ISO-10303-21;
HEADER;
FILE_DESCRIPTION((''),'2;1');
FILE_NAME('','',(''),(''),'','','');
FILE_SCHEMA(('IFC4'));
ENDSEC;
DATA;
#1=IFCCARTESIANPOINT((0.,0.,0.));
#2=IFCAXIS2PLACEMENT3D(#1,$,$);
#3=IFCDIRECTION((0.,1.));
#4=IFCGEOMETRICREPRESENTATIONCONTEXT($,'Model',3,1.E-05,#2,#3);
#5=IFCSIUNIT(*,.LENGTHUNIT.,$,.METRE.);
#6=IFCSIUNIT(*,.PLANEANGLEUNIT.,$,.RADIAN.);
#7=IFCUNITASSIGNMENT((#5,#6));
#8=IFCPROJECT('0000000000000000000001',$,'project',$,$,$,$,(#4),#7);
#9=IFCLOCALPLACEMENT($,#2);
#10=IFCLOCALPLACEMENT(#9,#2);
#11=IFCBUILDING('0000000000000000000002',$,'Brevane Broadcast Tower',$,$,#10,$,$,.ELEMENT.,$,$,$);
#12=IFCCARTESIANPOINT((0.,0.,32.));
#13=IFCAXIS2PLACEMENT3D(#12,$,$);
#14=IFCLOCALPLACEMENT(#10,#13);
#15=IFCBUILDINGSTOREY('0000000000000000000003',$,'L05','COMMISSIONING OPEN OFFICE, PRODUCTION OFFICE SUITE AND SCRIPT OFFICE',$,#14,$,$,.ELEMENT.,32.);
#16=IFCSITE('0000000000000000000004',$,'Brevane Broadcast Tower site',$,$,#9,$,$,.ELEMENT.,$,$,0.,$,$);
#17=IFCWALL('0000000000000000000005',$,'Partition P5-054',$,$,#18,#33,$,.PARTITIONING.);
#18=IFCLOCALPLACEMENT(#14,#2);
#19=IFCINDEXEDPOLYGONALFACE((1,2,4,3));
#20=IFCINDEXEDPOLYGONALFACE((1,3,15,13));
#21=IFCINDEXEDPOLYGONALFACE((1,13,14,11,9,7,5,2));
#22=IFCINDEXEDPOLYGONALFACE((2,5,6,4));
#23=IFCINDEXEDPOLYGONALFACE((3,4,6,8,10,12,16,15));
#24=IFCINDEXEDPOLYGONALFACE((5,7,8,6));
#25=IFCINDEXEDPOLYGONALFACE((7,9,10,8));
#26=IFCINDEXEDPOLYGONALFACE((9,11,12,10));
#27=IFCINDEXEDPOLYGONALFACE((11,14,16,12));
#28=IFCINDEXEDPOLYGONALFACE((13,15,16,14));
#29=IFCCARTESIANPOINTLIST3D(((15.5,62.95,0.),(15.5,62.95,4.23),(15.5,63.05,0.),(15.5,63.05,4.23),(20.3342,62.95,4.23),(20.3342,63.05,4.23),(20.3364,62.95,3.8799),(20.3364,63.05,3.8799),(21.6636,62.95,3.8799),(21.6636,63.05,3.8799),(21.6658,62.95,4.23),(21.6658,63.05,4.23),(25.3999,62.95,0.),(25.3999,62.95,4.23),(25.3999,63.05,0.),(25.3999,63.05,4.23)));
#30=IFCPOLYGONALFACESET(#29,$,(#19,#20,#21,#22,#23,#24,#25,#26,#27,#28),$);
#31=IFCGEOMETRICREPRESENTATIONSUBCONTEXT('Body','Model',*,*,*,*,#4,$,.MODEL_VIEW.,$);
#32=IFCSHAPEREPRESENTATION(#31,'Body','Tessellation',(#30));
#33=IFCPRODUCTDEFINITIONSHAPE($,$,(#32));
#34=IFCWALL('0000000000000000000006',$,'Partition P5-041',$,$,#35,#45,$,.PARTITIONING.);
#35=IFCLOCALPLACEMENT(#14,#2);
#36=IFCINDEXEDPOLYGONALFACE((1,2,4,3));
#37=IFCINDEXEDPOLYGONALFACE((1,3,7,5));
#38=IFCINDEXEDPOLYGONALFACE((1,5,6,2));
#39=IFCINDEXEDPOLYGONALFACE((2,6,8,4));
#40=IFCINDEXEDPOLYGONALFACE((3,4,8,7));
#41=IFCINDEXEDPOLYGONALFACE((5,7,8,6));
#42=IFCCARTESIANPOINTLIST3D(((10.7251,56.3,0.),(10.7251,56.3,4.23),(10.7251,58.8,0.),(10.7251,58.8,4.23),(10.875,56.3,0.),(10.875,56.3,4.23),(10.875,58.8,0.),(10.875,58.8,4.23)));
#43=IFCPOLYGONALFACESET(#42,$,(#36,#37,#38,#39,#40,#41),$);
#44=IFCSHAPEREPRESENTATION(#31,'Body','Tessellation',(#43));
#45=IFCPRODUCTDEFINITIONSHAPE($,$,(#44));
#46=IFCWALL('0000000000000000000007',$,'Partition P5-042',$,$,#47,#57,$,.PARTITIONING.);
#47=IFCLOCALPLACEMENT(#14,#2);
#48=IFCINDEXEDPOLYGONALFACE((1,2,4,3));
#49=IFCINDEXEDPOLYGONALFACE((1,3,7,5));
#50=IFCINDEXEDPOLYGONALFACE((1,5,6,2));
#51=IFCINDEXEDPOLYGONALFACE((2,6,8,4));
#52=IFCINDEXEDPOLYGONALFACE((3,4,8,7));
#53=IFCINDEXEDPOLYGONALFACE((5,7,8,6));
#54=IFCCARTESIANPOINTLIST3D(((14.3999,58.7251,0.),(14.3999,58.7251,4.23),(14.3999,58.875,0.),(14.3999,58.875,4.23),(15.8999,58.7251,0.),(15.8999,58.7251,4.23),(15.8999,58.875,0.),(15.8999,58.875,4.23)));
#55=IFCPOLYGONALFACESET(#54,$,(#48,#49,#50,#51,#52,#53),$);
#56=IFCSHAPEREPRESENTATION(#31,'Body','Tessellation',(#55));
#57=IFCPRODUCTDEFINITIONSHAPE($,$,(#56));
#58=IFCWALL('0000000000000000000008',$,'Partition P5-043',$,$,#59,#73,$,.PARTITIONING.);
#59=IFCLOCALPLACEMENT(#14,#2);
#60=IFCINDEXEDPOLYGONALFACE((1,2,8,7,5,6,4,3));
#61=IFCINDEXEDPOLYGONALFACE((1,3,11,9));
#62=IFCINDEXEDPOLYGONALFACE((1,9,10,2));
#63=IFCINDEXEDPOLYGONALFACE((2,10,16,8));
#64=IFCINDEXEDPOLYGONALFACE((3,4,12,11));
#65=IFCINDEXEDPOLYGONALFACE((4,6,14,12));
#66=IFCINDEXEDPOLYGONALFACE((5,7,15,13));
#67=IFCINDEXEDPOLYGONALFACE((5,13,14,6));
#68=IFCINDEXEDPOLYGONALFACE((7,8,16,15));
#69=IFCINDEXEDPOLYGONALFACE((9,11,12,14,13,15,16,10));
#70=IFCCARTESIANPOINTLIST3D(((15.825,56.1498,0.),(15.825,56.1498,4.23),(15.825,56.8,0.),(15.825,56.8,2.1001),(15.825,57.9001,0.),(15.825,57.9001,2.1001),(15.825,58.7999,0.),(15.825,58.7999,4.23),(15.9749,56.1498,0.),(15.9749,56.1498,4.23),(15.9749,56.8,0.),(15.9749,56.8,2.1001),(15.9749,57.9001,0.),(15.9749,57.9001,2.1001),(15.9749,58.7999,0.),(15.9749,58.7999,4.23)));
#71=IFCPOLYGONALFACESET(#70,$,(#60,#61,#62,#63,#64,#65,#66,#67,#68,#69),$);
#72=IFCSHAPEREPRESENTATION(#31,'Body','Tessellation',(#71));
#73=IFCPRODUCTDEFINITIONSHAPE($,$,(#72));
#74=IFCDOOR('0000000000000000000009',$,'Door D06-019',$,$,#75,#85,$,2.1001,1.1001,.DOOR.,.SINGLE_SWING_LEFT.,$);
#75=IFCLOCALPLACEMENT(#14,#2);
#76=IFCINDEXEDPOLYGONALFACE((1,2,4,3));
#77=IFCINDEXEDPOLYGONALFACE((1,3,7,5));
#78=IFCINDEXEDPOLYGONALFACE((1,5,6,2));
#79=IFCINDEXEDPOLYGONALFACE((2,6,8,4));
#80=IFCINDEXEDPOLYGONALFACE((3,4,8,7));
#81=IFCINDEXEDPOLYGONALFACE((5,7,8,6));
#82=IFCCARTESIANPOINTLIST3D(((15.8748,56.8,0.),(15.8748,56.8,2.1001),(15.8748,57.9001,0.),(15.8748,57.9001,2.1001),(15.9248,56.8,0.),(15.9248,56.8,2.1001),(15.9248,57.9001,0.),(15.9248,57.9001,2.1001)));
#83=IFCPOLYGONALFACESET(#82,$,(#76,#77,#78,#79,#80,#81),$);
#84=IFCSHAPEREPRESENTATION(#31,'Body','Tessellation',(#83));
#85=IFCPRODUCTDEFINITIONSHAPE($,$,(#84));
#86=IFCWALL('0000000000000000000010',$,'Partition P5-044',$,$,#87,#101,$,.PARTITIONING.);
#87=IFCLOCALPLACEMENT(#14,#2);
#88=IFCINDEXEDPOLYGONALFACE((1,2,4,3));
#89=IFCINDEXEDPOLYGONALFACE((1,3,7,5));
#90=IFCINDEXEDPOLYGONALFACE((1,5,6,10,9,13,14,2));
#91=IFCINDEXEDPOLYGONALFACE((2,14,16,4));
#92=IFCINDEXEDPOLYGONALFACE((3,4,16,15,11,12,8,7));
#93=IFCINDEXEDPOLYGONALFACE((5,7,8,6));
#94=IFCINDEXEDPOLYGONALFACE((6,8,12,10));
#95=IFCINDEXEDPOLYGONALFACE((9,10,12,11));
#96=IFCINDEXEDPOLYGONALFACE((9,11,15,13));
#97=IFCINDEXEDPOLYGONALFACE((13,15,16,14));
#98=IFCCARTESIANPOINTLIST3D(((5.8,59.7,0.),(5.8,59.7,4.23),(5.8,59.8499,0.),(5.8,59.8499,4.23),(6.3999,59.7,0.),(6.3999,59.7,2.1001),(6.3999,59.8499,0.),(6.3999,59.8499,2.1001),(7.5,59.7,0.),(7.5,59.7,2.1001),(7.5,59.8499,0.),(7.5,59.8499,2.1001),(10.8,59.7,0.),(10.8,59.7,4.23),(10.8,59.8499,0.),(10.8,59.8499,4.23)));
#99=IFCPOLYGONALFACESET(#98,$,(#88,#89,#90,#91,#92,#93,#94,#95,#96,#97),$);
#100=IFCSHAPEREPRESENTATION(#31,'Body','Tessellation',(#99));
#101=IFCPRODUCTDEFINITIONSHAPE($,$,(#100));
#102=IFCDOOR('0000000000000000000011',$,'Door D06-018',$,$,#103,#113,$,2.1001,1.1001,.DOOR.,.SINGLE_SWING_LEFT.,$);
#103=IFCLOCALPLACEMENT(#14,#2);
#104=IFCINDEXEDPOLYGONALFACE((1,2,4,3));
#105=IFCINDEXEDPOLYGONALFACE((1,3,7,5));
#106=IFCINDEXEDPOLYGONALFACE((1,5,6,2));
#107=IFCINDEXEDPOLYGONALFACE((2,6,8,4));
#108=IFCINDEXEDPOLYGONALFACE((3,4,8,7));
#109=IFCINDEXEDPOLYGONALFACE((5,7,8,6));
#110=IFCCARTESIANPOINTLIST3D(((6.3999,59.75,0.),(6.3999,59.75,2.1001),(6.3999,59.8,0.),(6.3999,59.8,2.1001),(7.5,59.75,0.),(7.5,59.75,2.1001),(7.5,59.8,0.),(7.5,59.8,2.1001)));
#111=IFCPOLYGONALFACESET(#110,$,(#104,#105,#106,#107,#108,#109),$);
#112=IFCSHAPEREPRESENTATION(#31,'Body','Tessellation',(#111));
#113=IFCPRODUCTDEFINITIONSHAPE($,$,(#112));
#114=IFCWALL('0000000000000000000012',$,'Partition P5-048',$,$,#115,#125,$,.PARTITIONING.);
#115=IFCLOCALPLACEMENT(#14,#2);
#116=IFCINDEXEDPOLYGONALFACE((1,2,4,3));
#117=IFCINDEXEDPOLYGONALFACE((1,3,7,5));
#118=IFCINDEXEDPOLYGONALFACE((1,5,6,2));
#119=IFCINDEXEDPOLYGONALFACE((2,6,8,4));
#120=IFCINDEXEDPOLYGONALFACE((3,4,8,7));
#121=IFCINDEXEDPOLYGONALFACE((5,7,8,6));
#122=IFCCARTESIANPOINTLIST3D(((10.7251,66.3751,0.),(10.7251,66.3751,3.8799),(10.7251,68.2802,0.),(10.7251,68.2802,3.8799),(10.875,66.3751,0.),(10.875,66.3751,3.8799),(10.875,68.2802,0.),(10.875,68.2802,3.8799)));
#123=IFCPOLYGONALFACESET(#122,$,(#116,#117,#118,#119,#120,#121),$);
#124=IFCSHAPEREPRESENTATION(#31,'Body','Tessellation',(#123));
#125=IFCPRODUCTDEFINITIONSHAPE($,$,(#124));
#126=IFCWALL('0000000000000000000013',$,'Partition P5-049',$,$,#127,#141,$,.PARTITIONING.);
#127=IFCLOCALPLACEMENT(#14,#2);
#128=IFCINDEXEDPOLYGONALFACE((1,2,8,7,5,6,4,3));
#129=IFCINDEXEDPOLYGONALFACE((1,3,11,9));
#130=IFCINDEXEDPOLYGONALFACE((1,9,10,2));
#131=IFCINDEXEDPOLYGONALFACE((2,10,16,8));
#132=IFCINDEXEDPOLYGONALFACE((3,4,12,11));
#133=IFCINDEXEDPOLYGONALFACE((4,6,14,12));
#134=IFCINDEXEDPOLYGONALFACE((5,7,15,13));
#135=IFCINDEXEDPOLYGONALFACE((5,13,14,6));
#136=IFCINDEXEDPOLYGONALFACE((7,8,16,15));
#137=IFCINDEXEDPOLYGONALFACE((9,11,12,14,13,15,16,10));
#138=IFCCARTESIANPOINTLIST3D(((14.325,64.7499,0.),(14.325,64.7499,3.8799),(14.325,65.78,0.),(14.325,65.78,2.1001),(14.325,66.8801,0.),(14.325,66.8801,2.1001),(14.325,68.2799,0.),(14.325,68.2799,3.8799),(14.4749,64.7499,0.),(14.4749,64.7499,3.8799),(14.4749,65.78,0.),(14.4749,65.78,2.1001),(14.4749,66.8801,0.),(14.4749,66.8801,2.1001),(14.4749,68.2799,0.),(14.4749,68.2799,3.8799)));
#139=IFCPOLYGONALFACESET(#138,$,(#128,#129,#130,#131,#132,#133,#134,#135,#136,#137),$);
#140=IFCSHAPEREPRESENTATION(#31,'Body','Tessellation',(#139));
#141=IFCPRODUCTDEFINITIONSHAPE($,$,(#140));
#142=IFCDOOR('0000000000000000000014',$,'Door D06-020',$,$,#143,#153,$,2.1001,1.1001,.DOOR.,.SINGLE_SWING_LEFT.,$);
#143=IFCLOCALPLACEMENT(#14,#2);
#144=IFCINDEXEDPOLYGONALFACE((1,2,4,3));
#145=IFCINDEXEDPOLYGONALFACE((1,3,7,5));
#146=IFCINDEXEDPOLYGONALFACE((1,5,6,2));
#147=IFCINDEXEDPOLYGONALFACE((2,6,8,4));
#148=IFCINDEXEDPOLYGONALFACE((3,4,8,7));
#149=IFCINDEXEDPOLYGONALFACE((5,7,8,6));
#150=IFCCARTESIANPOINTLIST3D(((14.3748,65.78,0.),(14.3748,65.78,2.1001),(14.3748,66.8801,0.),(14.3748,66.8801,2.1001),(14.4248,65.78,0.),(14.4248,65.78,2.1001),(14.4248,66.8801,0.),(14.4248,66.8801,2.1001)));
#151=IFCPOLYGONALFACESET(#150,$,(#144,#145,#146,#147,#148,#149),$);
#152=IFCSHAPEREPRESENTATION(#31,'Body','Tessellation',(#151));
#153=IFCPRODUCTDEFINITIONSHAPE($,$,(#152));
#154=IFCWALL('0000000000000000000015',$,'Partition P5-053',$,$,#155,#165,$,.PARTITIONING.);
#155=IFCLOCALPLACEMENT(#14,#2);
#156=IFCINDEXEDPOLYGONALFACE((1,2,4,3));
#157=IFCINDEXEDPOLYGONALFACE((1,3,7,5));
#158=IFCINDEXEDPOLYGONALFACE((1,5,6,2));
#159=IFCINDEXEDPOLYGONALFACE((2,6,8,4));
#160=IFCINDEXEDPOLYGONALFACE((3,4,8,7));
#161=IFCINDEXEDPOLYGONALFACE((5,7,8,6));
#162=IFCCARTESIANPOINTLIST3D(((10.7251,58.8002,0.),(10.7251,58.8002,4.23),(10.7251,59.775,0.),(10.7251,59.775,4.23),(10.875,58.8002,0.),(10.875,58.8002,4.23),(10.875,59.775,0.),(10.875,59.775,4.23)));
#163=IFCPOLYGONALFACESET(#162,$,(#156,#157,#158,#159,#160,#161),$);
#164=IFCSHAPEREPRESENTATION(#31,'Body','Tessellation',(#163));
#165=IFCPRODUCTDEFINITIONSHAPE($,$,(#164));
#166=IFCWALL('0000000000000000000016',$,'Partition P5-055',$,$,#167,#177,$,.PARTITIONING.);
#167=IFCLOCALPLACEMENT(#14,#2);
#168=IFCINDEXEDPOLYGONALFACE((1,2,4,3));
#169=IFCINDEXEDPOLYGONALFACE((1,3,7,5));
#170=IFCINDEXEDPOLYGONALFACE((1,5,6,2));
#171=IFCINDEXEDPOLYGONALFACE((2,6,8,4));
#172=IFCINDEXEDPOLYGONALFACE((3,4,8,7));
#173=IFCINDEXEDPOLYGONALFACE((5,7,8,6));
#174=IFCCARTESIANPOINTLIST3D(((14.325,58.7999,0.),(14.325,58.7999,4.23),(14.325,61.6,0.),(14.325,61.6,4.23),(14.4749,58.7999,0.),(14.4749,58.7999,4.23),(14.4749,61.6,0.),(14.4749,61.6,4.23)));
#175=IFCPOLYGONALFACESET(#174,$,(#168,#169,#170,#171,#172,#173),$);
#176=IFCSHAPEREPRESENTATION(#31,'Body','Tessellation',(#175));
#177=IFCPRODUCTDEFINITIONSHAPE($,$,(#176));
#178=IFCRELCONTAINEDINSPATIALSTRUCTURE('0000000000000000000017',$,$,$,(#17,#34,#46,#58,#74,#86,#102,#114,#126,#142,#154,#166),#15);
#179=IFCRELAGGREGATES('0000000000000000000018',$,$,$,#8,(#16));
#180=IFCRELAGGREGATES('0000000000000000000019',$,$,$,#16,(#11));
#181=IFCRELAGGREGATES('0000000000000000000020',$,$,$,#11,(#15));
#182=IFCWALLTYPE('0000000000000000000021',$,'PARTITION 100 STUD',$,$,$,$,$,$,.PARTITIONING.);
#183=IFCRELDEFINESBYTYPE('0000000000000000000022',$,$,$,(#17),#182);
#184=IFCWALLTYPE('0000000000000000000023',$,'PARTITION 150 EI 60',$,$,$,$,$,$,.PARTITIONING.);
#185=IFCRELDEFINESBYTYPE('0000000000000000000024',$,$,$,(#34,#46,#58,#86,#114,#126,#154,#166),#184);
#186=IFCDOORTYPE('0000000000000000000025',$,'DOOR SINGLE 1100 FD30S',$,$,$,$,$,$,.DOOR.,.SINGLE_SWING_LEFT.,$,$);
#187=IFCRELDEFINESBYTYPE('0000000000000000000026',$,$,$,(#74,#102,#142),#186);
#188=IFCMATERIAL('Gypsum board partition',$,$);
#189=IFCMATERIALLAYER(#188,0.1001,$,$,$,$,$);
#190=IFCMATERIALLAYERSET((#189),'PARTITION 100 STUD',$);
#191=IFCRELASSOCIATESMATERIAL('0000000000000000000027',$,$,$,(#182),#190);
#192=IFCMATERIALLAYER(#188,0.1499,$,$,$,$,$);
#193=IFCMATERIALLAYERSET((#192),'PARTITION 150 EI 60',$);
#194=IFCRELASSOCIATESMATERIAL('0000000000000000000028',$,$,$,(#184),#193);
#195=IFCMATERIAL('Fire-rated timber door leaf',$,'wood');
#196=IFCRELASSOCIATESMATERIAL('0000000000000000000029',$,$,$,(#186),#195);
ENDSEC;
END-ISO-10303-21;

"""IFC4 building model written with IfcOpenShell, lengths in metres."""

from ifc_helpers import new_model, si_unit, direction, frame, frame_2d, origin, place, context, subcontext, project, spatial, polyline, rectangle, outline, extrude, material, layer, layer_set, type_object, element, fill, save


model = new_model("IFC4")

# Units and contexts
model_context = context("Model", 3, precision=1e-05, world=origin(), true_north=direction((0.0, 1.0)))
body_context = subcontext(model_context, "Body", "Model", "MODEL_VIEW")
ifc_project = project(units=[si_unit("LENGTHUNIT", "METRE"), si_unit("PLANEANGLEUNIT", "RADIAN")], contexts=[model_context])

# Site, building, storey
site_placement = place(None, origin())
site = spatial("IfcSite", under=ifc_project, at=site_placement, Name="Brevane Broadcast Tower site", CompositionType="ELEMENT", RefElevation=0.0)
building_placement = place(site_placement, origin())
building = spatial("IfcBuilding", under=site, at=building_placement, Name="Brevane Broadcast Tower", CompositionType="ELEMENT")
storey_placement = place(building_placement, frame((0.0, 0.0, 32.0)))
storey = spatial("IfcBuildingStorey", under=building, at=storey_placement, Name="L05", Description="COMMISSIONING OPEN OFFICE, PRODUCTION OFFICE SUITE AND SCRIPT OFFICE", CompositionType="ELEMENT", Elevation=32.0)

# Walls
ifc_material_1 = material(Name="Gypsum board partition")
ifc_layer_1 = layer(ifc_material_1, 0.1001)
ifc_layer_set_1 = layer_set([ifc_layer_1], Name="PARTITION 100 STUD")
wall_type_1 = type_object("IfcWallType", Name="PARTITION 100 STUD", PredefinedType="PARTITIONING", material=ifc_layer_set_1)
wall_1_placement = place(storey_placement, frame((15.5, 63.0, 0.0), z_axis=(0.0, 0.0, 1.0), x_axis=(1.0, 0.0, 0.0)))
element("IfcWall", 1, at=wall_1_placement, inside=storey, type_object=wall_type_1, Name="Partition P5-054", PredefinedType="PARTITIONING", context=body_context, shape_type="SweptSolid", body=[
    extrude(outline(polyline([(0.0, 0.0), (9.8999, 0.0), (9.8999, 4.23), (6.1658, 4.23), (6.1636, 3.8799), (4.8364, 3.8799), (4.8342, 4.23), (0.0, 4.23), (0.0, 0.0)])), frame((0.0, 0.05, 0.0), z_axis=(0.0, -1.0, 0.0), x_axis=(1.0, 0.0, 0.0)), (0.0, 0.0, 1.0), 0.1001),
])
ifc_layer_2 = layer(ifc_material_1, 0.1499)
ifc_layer_set_2 = layer_set([ifc_layer_2], Name="PARTITION 150 EI 60")
wall_type_2 = type_object("IfcWallType", Name="PARTITION 150 EI 60", PredefinedType="PARTITIONING", material=ifc_layer_set_2)
wall_2_placement = place(storey_placement, frame((10.8, 56.3, 0.0), z_axis=(0.0, 0.0, 1.0), x_axis=(0.0, 1.0, 0.0)))
element("IfcWall", 2, at=wall_2_placement, inside=storey, type_object=wall_type_2, Name="Partition P5-041", PredefinedType="PARTITIONING", context=body_context, shape_type="SweptSolid", body=[
    extrude(rectangle(XDim=2.5, YDim=0.1499, at=frame_2d((1.25, 0.0))), origin(), (0.0, 0.0, 1.0), 4.23),
])
wall_3_placement = place(storey_placement, frame((14.3999, 58.8, 0.0), z_axis=(0.0, 0.0, 1.0), x_axis=(1.0, 0.0, 0.0)))
element("IfcWall", 3, at=wall_3_placement, inside=storey, type_object=wall_type_2, Name="Partition P5-042", PredefinedType="PARTITIONING", context=body_context, shape_type="SweptSolid", body=[
    extrude(rectangle(XDim=1.5, YDim=0.1499, at=frame_2d((0.75, 0.0))), origin(), (0.0, 0.0, 1.0), 4.23),
])

# Walls, openings, doors
wall_4_placement = place(storey_placement, frame((15.8999, 58.8, 0.0), z_axis=(0.0, 0.0, 1.0), x_axis=(0.0, -1.0, 0.0)))
wall_4 = element("IfcWall", 4, at=wall_4_placement, inside=storey, type_object=wall_type_2, Name="Partition P5-043", PredefinedType="PARTITIONING", context=body_context, shape_type="SweptSolid", body=[
    extrude(rectangle(XDim=2.6501, YDim=0.1499, at=frame_2d((1.3252, 0.0))), origin(), (0.0, 0.0, 1.0), 4.23),
])
opening_1_placement = place(wall_4_placement, frame((0.8999, 0.0, 0.0)))
opening_1 = element("IfcOpeningElement", 5, at=opening_1_placement, cuts=wall_4, PredefinedType="OPENING", context=body_context, shape_type="SweptSolid", body=[
    extrude(rectangle(XDim=1.1001, YDim=2.1001, at=frame_2d((0.55, 1.05))), frame((0.0, 0.085, 0.0), z_axis=(0.0, -1.0, 0.0), x_axis=(1.0, 0.0, 0.0)), (0.0, 0.0, 1.0), 0.1699),
])
ifc_material_2 = material(Name="Fire-rated timber door leaf", Category="wood")
door_type_1 = type_object("IfcDoorType", Name="DOOR SINGLE 1100 FD30S", OperationType="SINGLE_SWING_LEFT", PredefinedType="DOOR", material=ifc_material_2)
door_1_placement = place(opening_1_placement, origin())
door_1 = element("IfcDoor", 6, at=door_1_placement, inside=storey, type_object=door_type_1, Name="Door D06-019", OperationType="SINGLE_SWING_LEFT", OverallHeight=2.1001, OverallWidth=1.1001, PredefinedType="DOOR", context=body_context, shape_type="SweptSolid", body=[
    extrude(rectangle(XDim=1.1001, YDim=2.1001, at=frame_2d((0.55, 1.05))), frame((0.0, 0.0249, 0.0), z_axis=(0.0, -1.0, 0.0), x_axis=(1.0, 0.0, 0.0)), (0.0, 0.0, 1.0), 0.05),
])
fill(opening_1, door_1)
wall_5_placement = place(storey_placement, frame((10.8, 59.7749, 0.0), z_axis=(0.0, 0.0, 1.0), x_axis=(-1.0, 0.0, 0.0)))
wall_5 = element("IfcWall", 7, at=wall_5_placement, inside=storey, type_object=wall_type_2, Name="Partition P5-044", PredefinedType="PARTITIONING", context=body_context, shape_type="SweptSolid", body=[
    extrude(rectangle(XDim=5.0, YDim=0.1499, at=frame_2d((2.5, 0.0))), origin(), (0.0, 0.0, 1.0), 4.23),
])
opening_2_placement = place(wall_5_placement, frame((3.3, 0.0, 0.0)))
opening_2 = element("IfcOpeningElement", 8, at=opening_2_placement, cuts=wall_5, PredefinedType="OPENING", context=body_context, shape_type="SweptSolid", body=[
    extrude(rectangle(XDim=1.1001, YDim=2.1001, at=frame_2d((0.55, 1.05))), frame((0.0, 0.085, 0.0), z_axis=(0.0, -1.0, 0.0), x_axis=(1.0, 0.0, 0.0)), (0.0, 0.0, 1.0), 0.1699),
])
door_2_placement = place(opening_2_placement, origin())
door_2 = element("IfcDoor", 9, at=door_2_placement, inside=storey, type_object=door_type_1, Name="Door D06-018", OperationType="SINGLE_SWING_LEFT", OverallHeight=2.1001, OverallWidth=1.1001, PredefinedType="DOOR", context=body_context, shape_type="SweptSolid", body=[
    extrude(rectangle(XDim=1.1001, YDim=2.1001, at=frame_2d((0.55, 1.05))), frame((0.0, 0.0249, 0.0), z_axis=(0.0, -1.0, 0.0), x_axis=(1.0, 0.0, 0.0)), (0.0, 0.0, 1.0), 0.05),
])
fill(opening_2, door_2)

# Wall
wall_6_placement = place(storey_placement, frame((10.8, 66.375, 0.0), z_axis=(0.0, 0.0, 1.0), x_axis=(0.0, 1.0, 0.0)))
element("IfcWall", 10, at=wall_6_placement, inside=storey, type_object=wall_type_2, Name="Partition P5-048", PredefinedType="PARTITIONING", context=body_context, shape_type="SweptSolid", body=[
    extrude(rectangle(XDim=1.905, YDim=0.1499, at=frame_2d((0.9526, 0.0))), origin(), (0.0, 0.0, 1.0), 3.8799),
])

# Wall, opening, door
wall_7_placement = place(storey_placement, frame((14.3999, 68.28, 0.0), z_axis=(0.0, 0.0, 1.0), x_axis=(0.0, -1.0, 0.0)))
wall_7 = element("IfcWall", 11, at=wall_7_placement, inside=storey, type_object=wall_type_2, Name="Partition P5-049", PredefinedType="PARTITIONING", context=body_context, shape_type="SweptSolid", body=[
    extrude(rectangle(XDim=3.53, YDim=0.1499, at=frame_2d((1.7651, 0.0))), origin(), (0.0, 0.0, 1.0), 3.8799),
])
opening_3_placement = place(wall_7_placement, frame((1.3999, 0.0, 0.0)))
opening_3 = element("IfcOpeningElement", 12, at=opening_3_placement, cuts=wall_7, PredefinedType="OPENING", context=body_context, shape_type="SweptSolid", body=[
    extrude(rectangle(XDim=1.1001, YDim=2.1001, at=frame_2d((0.55, 1.05))), frame((0.0, 0.085, 0.0), z_axis=(0.0, -1.0, 0.0), x_axis=(1.0, 0.0, 0.0)), (0.0, 0.0, 1.0), 0.1699),
])
door_3_placement = place(opening_3_placement, origin())
door_3 = element("IfcDoor", 13, at=door_3_placement, inside=storey, type_object=door_type_1, Name="Door D06-020", OperationType="SINGLE_SWING_LEFT", OverallHeight=2.1001, OverallWidth=1.1001, PredefinedType="DOOR", context=body_context, shape_type="SweptSolid", body=[
    extrude(rectangle(XDim=1.1001, YDim=2.1001, at=frame_2d((0.55, 1.05))), frame((0.0, 0.0249, 0.0), z_axis=(0.0, -1.0, 0.0), x_axis=(1.0, 0.0, 0.0)), (0.0, 0.0, 1.0), 0.05),
])
fill(opening_3, door_3)

# Walls
wall_8_placement = place(storey_placement, frame((10.8, 59.7749, 0.0), z_axis=(0.0, 0.0, 1.0), x_axis=(0.0, -1.0, 0.0)))
element("IfcWall", 14, at=wall_8_placement, inside=storey, type_object=wall_type_2, Name="Partition P5-053", PredefinedType="PARTITIONING", context=body_context, shape_type="SweptSolid", body=[
    extrude(rectangle(XDim=0.9749, YDim=0.1499, at=frame_2d((0.4873, 0.0))), origin(), (0.0, 0.0, 1.0), 4.23),
])
wall_9_placement = place(storey_placement, frame((14.3999, 58.8, 0.0), z_axis=(0.0, 0.0, 1.0), x_axis=(0.0, 1.0, 0.0)))
element("IfcWall", 15, at=wall_9_placement, inside=storey, type_object=wall_type_2, Name="Partition P5-055", PredefinedType="PARTITIONING", context=body_context, shape_type="SweptSolid", body=[
    extrude(rectangle(XDim=2.8, YDim=0.1499, at=frame_2d((1.3999, 0.0))), origin(), (0.0, 0.0, 1.0), 4.23),
])

save(model, "model.ifc")
